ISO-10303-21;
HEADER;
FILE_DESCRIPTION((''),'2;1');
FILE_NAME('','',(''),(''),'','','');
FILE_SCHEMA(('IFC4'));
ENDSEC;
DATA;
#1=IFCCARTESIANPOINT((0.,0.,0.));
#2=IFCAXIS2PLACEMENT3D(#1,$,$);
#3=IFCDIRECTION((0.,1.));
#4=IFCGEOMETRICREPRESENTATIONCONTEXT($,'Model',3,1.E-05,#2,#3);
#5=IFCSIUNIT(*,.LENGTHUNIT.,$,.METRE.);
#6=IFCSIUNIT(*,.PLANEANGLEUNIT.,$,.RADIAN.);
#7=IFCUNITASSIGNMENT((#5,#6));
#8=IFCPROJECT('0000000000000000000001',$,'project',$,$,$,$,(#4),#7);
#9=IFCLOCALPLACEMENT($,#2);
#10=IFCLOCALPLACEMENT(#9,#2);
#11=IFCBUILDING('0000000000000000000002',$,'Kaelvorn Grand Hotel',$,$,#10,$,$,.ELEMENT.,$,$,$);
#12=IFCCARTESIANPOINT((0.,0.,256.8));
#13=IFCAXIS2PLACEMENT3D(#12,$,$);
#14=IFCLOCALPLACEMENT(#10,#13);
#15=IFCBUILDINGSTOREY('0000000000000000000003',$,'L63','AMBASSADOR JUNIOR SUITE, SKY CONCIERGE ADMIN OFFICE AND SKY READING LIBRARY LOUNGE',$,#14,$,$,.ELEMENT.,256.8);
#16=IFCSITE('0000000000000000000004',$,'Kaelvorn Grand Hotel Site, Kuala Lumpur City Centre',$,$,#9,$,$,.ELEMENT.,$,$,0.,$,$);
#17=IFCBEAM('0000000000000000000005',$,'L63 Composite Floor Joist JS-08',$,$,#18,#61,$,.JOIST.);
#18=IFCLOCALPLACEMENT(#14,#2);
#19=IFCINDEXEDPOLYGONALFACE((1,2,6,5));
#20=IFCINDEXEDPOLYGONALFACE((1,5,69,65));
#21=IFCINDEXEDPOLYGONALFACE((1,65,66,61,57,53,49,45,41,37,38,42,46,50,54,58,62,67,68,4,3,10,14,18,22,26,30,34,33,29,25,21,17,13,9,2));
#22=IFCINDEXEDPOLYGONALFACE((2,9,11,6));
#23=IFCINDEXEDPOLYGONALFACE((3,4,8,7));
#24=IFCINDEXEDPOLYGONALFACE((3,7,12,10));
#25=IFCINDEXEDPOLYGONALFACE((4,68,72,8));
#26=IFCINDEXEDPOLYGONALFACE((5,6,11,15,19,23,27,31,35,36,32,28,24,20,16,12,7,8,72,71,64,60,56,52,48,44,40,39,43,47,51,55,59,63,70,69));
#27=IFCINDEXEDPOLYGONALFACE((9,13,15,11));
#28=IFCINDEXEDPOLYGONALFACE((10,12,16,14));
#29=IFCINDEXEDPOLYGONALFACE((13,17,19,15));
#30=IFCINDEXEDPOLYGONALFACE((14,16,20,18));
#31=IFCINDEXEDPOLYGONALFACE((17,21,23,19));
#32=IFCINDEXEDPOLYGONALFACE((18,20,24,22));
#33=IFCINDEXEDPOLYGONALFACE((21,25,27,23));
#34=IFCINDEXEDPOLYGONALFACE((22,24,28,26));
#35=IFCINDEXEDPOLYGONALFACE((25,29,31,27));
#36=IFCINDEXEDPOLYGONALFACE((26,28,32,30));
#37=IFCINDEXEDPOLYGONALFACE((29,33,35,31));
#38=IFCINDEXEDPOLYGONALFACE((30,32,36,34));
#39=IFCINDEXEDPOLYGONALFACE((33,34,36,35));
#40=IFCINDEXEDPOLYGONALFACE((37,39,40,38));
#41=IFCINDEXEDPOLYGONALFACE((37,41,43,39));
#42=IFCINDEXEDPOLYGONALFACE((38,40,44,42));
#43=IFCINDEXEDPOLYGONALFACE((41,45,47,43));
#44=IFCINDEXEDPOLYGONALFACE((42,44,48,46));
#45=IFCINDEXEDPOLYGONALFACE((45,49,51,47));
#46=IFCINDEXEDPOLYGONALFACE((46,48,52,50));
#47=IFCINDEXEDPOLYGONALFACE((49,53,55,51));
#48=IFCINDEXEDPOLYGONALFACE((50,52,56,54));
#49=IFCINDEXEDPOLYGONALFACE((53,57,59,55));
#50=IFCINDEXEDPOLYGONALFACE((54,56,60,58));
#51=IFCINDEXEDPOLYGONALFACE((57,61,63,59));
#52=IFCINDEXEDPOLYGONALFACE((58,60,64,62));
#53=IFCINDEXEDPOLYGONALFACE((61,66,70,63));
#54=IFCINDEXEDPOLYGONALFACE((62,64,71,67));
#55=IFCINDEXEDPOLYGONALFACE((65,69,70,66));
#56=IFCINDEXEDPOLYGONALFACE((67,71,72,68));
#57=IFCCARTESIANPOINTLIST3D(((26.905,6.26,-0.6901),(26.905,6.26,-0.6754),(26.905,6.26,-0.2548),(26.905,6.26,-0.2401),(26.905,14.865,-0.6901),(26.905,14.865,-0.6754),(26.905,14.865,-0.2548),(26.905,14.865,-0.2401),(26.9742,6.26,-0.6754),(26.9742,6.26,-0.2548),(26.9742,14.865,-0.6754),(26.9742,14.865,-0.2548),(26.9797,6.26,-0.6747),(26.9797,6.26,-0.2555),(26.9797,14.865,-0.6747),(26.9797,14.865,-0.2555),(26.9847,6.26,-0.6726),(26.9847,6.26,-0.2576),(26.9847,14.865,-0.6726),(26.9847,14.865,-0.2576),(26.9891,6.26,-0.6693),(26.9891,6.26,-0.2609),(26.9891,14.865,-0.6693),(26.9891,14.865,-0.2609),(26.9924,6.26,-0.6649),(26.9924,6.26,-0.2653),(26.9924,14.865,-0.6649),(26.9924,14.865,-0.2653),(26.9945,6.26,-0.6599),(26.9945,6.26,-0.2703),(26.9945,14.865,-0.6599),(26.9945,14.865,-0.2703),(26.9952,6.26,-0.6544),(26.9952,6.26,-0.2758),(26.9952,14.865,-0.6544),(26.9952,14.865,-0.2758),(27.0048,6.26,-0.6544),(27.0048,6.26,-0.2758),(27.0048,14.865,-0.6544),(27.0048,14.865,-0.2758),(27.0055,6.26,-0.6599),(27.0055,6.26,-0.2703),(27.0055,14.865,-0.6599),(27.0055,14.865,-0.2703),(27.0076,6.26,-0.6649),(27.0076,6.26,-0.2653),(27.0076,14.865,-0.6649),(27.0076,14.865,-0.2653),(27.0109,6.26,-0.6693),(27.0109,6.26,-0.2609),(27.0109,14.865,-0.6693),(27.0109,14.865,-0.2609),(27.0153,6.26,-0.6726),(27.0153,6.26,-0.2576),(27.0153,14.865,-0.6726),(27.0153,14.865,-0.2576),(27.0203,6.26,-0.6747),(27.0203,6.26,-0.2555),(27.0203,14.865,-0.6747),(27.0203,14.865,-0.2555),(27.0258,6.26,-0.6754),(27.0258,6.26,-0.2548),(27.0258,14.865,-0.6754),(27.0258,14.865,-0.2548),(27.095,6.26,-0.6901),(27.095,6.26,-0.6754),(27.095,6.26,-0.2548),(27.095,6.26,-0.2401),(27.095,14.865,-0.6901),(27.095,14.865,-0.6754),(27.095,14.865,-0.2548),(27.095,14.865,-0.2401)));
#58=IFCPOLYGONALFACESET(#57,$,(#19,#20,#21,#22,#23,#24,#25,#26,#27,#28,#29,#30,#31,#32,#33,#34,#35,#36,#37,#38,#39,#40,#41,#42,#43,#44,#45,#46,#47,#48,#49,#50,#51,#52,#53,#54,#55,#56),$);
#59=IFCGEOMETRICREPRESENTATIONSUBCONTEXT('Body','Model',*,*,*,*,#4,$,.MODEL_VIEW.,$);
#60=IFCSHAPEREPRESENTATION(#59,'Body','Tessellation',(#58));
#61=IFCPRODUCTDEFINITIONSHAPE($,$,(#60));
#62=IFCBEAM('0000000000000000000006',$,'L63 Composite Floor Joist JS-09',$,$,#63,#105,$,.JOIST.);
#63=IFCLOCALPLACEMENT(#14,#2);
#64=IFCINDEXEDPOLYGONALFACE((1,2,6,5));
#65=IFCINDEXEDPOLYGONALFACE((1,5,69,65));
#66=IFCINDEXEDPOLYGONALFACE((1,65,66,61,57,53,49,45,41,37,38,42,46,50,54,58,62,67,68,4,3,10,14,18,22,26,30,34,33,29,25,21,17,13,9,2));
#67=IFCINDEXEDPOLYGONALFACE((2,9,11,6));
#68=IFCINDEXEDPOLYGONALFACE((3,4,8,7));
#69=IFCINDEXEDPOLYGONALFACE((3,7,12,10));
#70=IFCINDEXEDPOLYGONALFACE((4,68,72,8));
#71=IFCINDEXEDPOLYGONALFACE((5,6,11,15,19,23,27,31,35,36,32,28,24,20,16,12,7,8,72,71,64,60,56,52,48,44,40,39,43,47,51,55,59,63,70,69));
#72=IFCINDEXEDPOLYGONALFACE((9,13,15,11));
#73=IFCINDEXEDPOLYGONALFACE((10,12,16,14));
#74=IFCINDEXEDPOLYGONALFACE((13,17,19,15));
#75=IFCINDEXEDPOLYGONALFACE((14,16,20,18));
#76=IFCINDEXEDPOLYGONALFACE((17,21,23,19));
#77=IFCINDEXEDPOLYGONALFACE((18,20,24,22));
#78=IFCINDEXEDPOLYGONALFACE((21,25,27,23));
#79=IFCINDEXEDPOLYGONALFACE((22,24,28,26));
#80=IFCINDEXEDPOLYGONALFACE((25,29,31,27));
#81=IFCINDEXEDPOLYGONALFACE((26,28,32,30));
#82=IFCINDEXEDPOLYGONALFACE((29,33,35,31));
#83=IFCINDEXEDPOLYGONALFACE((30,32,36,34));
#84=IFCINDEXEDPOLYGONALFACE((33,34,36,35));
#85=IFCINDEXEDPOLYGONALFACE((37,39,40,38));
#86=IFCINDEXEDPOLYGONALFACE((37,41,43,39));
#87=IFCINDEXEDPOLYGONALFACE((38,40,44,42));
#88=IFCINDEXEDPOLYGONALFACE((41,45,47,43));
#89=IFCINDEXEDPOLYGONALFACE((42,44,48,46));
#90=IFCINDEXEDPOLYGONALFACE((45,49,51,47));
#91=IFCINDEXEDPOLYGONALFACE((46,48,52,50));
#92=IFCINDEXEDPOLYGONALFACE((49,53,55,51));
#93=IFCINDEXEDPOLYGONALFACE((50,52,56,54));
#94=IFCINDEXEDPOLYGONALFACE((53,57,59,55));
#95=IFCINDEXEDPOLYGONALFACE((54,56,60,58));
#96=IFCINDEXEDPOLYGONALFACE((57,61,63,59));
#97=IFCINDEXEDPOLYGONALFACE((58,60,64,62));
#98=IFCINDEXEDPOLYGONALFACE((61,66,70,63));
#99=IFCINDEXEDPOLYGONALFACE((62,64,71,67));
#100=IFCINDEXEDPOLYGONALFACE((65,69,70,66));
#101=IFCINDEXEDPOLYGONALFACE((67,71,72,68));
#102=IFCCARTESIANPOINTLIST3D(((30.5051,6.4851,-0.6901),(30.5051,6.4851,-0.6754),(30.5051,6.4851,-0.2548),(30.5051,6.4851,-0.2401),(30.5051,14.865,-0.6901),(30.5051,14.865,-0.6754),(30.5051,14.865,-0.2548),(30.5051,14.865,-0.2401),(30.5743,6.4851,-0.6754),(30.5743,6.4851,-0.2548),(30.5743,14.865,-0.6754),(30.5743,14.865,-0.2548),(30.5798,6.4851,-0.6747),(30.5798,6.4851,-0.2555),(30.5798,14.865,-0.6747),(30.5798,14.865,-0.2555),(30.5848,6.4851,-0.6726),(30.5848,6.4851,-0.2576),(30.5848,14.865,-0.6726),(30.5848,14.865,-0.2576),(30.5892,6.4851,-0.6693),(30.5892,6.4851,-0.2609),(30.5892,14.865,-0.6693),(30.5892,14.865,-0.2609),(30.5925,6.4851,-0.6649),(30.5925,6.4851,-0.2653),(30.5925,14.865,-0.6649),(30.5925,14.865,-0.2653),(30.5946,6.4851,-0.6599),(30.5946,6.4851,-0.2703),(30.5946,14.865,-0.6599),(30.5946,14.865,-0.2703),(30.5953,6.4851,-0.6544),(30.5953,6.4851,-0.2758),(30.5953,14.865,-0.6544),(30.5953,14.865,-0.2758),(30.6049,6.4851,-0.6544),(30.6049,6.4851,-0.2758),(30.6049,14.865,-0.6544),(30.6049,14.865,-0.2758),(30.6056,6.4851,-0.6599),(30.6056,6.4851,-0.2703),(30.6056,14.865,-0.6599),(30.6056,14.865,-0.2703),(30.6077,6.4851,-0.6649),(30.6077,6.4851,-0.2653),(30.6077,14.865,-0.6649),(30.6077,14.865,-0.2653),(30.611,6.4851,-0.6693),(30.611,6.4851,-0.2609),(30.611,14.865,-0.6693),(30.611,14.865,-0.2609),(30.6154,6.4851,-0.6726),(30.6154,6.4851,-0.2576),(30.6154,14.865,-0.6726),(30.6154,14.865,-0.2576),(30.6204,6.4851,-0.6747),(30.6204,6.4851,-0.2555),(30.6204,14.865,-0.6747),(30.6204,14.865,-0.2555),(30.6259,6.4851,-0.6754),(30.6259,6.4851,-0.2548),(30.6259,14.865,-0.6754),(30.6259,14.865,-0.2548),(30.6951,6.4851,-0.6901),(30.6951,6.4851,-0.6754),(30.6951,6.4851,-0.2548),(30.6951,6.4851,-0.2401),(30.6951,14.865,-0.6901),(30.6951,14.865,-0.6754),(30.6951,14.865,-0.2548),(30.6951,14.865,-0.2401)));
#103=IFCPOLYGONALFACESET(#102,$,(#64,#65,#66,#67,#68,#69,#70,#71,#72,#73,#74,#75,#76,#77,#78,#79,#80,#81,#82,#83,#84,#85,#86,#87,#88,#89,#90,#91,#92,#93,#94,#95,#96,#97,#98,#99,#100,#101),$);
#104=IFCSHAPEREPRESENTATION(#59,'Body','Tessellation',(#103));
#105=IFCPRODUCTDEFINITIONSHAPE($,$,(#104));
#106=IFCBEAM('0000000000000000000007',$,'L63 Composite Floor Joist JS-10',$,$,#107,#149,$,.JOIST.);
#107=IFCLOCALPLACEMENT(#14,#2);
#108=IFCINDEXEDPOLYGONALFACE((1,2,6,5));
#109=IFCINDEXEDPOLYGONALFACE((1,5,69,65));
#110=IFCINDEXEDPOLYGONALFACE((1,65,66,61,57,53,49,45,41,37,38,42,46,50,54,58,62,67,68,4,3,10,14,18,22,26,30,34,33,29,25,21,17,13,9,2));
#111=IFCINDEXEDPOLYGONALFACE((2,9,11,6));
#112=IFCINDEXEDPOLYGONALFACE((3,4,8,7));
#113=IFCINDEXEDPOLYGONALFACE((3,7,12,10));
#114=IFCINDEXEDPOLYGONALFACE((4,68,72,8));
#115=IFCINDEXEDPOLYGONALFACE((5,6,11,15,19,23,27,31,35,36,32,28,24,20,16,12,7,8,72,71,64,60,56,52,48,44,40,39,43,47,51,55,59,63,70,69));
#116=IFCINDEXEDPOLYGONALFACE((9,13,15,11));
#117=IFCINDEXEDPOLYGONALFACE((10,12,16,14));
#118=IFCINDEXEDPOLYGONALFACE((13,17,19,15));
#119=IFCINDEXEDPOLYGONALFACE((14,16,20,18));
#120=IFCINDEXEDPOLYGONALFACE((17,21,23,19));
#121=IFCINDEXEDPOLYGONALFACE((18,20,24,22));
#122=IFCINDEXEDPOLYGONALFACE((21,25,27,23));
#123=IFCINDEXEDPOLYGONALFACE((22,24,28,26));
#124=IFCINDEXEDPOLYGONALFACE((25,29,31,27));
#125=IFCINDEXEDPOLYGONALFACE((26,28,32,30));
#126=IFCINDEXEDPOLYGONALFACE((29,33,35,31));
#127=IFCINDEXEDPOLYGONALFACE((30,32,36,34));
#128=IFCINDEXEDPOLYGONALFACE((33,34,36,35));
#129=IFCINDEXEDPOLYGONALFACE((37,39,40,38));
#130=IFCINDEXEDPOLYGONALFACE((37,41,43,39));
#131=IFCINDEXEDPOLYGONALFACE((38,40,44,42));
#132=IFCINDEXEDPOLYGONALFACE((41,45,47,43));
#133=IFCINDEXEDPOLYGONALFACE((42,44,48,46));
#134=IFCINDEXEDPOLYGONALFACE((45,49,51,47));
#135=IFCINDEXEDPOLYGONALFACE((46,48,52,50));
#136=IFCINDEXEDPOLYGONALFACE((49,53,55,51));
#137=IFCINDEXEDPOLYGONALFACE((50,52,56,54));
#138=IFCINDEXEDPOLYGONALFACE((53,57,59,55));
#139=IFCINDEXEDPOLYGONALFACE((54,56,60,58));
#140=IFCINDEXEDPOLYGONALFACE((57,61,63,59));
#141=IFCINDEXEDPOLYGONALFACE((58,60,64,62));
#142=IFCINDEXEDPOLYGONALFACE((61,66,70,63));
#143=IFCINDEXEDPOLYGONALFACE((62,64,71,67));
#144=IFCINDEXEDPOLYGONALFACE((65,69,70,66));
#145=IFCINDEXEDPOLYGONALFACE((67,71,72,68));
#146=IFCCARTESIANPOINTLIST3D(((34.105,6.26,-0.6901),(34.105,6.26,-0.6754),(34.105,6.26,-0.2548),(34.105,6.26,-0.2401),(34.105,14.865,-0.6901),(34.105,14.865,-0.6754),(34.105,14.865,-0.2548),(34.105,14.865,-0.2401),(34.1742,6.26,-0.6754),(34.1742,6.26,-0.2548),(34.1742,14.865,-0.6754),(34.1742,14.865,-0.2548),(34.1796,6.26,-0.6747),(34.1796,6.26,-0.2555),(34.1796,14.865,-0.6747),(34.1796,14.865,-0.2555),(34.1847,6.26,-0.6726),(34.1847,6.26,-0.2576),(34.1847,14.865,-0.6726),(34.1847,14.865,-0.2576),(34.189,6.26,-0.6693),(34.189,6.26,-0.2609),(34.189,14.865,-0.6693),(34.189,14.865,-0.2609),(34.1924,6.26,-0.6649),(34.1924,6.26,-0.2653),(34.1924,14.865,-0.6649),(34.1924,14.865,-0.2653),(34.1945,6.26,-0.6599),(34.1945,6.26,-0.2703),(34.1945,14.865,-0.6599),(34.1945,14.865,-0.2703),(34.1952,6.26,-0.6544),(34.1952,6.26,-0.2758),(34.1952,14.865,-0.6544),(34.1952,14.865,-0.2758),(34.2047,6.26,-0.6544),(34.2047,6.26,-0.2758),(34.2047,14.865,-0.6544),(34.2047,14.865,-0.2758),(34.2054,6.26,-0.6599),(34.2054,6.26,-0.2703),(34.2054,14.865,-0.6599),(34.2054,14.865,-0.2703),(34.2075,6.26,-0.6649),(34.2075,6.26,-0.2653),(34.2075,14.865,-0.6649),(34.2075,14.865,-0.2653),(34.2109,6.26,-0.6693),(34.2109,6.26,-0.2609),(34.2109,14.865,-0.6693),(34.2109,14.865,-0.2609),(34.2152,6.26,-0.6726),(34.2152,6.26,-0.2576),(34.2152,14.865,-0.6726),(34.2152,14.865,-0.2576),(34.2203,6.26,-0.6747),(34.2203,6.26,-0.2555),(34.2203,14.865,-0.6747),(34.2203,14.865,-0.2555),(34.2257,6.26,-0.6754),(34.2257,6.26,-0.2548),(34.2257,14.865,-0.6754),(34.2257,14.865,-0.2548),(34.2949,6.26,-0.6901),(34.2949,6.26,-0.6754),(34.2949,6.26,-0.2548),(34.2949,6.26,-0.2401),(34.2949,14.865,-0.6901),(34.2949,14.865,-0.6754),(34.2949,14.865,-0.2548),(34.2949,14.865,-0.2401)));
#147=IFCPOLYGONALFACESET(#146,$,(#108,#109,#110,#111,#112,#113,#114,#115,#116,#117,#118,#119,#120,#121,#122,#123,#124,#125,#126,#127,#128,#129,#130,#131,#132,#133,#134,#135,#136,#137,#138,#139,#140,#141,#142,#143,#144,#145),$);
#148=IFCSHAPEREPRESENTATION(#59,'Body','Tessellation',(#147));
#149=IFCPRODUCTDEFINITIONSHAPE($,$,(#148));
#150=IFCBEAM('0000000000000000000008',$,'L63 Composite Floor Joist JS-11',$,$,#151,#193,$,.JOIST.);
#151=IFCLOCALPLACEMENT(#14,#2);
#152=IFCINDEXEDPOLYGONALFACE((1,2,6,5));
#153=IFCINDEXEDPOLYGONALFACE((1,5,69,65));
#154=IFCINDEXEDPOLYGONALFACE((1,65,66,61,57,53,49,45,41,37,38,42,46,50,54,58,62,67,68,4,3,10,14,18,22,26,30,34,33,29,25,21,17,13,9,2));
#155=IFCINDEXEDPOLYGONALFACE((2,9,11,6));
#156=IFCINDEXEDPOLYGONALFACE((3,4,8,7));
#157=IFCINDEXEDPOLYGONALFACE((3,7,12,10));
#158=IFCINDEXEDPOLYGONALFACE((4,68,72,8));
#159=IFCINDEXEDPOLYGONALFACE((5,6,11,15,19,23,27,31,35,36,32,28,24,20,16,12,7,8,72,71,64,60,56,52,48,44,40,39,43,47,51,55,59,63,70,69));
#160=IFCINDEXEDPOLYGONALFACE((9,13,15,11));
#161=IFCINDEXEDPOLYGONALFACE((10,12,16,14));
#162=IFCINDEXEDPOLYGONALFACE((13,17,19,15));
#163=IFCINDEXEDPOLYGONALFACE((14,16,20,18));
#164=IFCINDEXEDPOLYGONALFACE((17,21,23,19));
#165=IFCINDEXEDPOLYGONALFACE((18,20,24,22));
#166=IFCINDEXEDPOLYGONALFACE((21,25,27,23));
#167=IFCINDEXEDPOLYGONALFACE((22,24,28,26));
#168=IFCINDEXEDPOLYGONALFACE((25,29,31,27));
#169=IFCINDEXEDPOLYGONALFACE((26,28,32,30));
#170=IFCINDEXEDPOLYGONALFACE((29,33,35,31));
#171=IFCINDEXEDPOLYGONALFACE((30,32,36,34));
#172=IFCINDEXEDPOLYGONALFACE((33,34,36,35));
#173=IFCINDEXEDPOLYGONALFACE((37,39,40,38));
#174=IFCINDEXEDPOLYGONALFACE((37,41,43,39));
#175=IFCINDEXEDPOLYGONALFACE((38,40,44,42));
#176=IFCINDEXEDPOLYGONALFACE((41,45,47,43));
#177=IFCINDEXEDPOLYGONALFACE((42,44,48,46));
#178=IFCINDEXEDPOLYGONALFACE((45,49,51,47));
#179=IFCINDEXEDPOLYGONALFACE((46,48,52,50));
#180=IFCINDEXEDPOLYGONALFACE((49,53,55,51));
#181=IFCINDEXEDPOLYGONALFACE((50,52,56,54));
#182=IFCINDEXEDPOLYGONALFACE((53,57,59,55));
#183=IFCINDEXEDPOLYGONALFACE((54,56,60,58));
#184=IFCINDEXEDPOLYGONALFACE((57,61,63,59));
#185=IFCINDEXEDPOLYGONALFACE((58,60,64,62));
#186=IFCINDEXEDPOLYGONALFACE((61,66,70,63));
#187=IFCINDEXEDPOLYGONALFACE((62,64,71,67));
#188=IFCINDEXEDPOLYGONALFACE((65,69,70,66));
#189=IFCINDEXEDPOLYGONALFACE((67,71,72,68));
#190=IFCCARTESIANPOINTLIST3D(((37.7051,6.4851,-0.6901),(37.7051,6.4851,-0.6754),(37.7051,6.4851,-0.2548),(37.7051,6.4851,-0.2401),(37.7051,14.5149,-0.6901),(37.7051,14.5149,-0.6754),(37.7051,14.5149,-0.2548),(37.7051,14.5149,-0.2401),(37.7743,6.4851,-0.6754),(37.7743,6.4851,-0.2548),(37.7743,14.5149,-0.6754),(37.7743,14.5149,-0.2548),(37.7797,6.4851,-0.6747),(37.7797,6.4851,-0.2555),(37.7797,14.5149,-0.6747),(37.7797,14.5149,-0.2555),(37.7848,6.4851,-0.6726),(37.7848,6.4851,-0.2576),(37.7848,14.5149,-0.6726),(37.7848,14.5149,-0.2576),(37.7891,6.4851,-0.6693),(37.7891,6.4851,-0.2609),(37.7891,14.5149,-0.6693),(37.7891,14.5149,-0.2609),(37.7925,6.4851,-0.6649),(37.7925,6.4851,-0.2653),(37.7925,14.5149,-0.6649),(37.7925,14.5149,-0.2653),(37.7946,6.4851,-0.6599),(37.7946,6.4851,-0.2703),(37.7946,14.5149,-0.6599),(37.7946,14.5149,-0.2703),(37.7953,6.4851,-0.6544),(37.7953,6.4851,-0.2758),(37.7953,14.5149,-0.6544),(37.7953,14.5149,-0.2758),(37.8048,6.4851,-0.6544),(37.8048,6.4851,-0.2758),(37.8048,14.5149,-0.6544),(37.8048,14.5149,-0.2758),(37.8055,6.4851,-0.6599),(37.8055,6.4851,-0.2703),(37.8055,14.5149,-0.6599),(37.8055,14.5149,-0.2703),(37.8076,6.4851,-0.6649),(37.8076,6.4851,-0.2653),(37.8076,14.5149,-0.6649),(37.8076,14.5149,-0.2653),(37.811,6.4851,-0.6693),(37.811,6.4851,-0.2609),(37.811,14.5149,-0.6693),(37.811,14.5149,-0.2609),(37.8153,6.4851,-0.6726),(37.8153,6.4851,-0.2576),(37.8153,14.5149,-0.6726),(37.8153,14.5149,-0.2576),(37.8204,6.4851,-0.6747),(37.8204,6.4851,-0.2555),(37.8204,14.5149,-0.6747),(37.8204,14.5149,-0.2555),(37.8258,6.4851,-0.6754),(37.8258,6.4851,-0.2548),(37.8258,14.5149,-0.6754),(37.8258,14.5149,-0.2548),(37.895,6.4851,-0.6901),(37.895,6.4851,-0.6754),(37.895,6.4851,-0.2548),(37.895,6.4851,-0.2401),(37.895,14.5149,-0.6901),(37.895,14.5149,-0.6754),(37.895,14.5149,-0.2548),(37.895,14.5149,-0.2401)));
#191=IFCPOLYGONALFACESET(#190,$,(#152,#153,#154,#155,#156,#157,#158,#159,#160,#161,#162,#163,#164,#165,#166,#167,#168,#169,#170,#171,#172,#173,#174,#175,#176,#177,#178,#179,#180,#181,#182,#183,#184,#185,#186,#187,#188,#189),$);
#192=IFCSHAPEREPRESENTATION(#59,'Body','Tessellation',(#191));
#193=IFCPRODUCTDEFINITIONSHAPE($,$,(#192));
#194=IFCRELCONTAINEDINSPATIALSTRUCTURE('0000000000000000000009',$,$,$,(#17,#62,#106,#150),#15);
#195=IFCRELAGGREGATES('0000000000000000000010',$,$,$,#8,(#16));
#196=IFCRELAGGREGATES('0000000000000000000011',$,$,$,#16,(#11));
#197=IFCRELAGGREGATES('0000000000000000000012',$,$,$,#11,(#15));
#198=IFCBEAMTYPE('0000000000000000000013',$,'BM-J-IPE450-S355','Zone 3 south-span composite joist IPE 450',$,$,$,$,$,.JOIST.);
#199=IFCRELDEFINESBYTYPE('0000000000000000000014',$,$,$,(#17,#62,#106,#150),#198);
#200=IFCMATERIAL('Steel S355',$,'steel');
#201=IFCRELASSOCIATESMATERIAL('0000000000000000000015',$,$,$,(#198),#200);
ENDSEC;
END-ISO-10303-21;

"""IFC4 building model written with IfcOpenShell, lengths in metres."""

from ifc_helpers import new_model, si_unit, direction, frame, origin, origin_2d, place, context, subcontext, project, spatial, i_section, extrude, material, material_profile, profile_set, type_object, element, save


model = new_model("IFC4")

# Units and contexts
model_context = context("Model", 3, precision=1e-05, world=origin(), true_north=direction((0.0, 1.0)))
body_context = subcontext(model_context, "Body", "Model", "MODEL_VIEW")
ifc_project = project(units=[si_unit("LENGTHUNIT", "METRE"), si_unit("PLANEANGLEUNIT", "RADIAN")], contexts=[model_context])

# Site, building, storey
site_placement = place(None, origin())
site = spatial("IfcSite", under=ifc_project, at=site_placement, Name="Kaelvorn Grand Hotel Site, Kuala Lumpur City Centre", CompositionType="ELEMENT", RefElevation=0.0)
building_placement = place(site_placement, origin())
building = spatial("IfcBuilding", under=site, at=building_placement, Name="Kaelvorn Grand Hotel", CompositionType="ELEMENT")
storey_placement = place(building_placement, frame((0.0, 0.0, 256.8)))
storey = spatial("IfcBuildingStorey", under=building, at=storey_placement, Name="L63", Description="AMBASSADOR JUNIOR SUITE, SKY CONCIERGE ADMIN OFFICE AND SKY READING LIBRARY LOUNGE", CompositionType="ELEMENT", Elevation=256.8)

# Beams
ifc_material_1 = material(Name="Steel S355", Category="steel")
ifc_material_profile_1 = material_profile(ifc_material_1, i_section(OverallWidth=0.1899, OverallDepth=0.45, WebThickness=0.0095, FlangeThickness=0.0146, FilletRadius=0.021, at=origin_2d()), Name="IPE 450")
ifc_profile_set_1 = profile_set([ifc_material_profile_1], Name="Steel S355")
beam_type_1 = type_object("IfcBeamType", Name="BM-J-IPE450-S355", Description="Zone 3 south-span composite joist IPE 450", PredefinedType="JOIST", material=ifc_profile_set_1)
beam_1_placement = place(storey_placement, frame((27.0, 6.26, -0.4651), z_axis=(0.0, 1.0, 0.0), x_axis=(-1.0, 0.0, 0.0)))
element("IfcBeam", 1, at=beam_1_placement, inside=storey, type_object=beam_type_1, Name="L63 Composite Floor Joist JS-08", PredefinedType="JOIST", context=body_context, shape_type="SweptSolid", body=[
    extrude(i_section(OverallWidth=0.1899, OverallDepth=0.45, WebThickness=0.0095, FlangeThickness=0.0146, FilletRadius=0.021, at=origin_2d()), origin(), (0.0, 0.0, 1.0), 8.605),
])
beam_2_placement = place(storey_placement, frame((30.6001, 6.4851, -0.4651), z_axis=(0.0, 1.0, 0.0), x_axis=(-1.0, 0.0, 0.0)))
element("IfcBeam", 2, at=beam_2_placement, inside=storey, type_object=beam_type_1, Name="L63 Composite Floor Joist JS-09", PredefinedType="JOIST", context=body_context, shape_type="SweptSolid", body=[
    extrude(i_section(OverallWidth=0.1899, OverallDepth=0.45, WebThickness=0.0095, FlangeThickness=0.0146, FilletRadius=0.021, at=origin_2d()), origin(), (0.0, 0.0, 1.0), 8.3799),
])
beam_3_placement = place(storey_placement, frame((34.2, 6.26, -0.4651), z_axis=(0.0, 1.0, 0.0), x_axis=(-1.0, 0.0, 0.0)))
element("IfcBeam", 3, at=beam_3_placement, inside=storey, type_object=beam_type_1, Name="L63 Composite Floor Joist JS-10", PredefinedType="JOIST", context=body_context, shape_type="SweptSolid", body=[
    extrude(i_section(OverallWidth=0.1899, OverallDepth=0.45, WebThickness=0.0095, FlangeThickness=0.0146, FilletRadius=0.021, at=origin_2d()), origin(), (0.0, 0.0, 1.0), 8.605),
])
beam_4_placement = place(storey_placement, frame((37.8, 6.4851, -0.4651), z_axis=(0.0, 1.0, 0.0), x_axis=(-1.0, 0.0, 0.0)))
element("IfcBeam", 4, at=beam_4_placement, inside=storey, type_object=beam_type_1, Name="L63 Composite Floor Joist JS-11", PredefinedType="JOIST", context=body_context, shape_type="SweptSolid", body=[
    extrude(i_section(OverallWidth=0.1899, OverallDepth=0.45, WebThickness=0.0095, FlangeThickness=0.0146, FilletRadius=0.021, at=origin_2d()), origin(), (0.0, 0.0, 1.0), 8.0298),
])

save(model, "model.ifc")
